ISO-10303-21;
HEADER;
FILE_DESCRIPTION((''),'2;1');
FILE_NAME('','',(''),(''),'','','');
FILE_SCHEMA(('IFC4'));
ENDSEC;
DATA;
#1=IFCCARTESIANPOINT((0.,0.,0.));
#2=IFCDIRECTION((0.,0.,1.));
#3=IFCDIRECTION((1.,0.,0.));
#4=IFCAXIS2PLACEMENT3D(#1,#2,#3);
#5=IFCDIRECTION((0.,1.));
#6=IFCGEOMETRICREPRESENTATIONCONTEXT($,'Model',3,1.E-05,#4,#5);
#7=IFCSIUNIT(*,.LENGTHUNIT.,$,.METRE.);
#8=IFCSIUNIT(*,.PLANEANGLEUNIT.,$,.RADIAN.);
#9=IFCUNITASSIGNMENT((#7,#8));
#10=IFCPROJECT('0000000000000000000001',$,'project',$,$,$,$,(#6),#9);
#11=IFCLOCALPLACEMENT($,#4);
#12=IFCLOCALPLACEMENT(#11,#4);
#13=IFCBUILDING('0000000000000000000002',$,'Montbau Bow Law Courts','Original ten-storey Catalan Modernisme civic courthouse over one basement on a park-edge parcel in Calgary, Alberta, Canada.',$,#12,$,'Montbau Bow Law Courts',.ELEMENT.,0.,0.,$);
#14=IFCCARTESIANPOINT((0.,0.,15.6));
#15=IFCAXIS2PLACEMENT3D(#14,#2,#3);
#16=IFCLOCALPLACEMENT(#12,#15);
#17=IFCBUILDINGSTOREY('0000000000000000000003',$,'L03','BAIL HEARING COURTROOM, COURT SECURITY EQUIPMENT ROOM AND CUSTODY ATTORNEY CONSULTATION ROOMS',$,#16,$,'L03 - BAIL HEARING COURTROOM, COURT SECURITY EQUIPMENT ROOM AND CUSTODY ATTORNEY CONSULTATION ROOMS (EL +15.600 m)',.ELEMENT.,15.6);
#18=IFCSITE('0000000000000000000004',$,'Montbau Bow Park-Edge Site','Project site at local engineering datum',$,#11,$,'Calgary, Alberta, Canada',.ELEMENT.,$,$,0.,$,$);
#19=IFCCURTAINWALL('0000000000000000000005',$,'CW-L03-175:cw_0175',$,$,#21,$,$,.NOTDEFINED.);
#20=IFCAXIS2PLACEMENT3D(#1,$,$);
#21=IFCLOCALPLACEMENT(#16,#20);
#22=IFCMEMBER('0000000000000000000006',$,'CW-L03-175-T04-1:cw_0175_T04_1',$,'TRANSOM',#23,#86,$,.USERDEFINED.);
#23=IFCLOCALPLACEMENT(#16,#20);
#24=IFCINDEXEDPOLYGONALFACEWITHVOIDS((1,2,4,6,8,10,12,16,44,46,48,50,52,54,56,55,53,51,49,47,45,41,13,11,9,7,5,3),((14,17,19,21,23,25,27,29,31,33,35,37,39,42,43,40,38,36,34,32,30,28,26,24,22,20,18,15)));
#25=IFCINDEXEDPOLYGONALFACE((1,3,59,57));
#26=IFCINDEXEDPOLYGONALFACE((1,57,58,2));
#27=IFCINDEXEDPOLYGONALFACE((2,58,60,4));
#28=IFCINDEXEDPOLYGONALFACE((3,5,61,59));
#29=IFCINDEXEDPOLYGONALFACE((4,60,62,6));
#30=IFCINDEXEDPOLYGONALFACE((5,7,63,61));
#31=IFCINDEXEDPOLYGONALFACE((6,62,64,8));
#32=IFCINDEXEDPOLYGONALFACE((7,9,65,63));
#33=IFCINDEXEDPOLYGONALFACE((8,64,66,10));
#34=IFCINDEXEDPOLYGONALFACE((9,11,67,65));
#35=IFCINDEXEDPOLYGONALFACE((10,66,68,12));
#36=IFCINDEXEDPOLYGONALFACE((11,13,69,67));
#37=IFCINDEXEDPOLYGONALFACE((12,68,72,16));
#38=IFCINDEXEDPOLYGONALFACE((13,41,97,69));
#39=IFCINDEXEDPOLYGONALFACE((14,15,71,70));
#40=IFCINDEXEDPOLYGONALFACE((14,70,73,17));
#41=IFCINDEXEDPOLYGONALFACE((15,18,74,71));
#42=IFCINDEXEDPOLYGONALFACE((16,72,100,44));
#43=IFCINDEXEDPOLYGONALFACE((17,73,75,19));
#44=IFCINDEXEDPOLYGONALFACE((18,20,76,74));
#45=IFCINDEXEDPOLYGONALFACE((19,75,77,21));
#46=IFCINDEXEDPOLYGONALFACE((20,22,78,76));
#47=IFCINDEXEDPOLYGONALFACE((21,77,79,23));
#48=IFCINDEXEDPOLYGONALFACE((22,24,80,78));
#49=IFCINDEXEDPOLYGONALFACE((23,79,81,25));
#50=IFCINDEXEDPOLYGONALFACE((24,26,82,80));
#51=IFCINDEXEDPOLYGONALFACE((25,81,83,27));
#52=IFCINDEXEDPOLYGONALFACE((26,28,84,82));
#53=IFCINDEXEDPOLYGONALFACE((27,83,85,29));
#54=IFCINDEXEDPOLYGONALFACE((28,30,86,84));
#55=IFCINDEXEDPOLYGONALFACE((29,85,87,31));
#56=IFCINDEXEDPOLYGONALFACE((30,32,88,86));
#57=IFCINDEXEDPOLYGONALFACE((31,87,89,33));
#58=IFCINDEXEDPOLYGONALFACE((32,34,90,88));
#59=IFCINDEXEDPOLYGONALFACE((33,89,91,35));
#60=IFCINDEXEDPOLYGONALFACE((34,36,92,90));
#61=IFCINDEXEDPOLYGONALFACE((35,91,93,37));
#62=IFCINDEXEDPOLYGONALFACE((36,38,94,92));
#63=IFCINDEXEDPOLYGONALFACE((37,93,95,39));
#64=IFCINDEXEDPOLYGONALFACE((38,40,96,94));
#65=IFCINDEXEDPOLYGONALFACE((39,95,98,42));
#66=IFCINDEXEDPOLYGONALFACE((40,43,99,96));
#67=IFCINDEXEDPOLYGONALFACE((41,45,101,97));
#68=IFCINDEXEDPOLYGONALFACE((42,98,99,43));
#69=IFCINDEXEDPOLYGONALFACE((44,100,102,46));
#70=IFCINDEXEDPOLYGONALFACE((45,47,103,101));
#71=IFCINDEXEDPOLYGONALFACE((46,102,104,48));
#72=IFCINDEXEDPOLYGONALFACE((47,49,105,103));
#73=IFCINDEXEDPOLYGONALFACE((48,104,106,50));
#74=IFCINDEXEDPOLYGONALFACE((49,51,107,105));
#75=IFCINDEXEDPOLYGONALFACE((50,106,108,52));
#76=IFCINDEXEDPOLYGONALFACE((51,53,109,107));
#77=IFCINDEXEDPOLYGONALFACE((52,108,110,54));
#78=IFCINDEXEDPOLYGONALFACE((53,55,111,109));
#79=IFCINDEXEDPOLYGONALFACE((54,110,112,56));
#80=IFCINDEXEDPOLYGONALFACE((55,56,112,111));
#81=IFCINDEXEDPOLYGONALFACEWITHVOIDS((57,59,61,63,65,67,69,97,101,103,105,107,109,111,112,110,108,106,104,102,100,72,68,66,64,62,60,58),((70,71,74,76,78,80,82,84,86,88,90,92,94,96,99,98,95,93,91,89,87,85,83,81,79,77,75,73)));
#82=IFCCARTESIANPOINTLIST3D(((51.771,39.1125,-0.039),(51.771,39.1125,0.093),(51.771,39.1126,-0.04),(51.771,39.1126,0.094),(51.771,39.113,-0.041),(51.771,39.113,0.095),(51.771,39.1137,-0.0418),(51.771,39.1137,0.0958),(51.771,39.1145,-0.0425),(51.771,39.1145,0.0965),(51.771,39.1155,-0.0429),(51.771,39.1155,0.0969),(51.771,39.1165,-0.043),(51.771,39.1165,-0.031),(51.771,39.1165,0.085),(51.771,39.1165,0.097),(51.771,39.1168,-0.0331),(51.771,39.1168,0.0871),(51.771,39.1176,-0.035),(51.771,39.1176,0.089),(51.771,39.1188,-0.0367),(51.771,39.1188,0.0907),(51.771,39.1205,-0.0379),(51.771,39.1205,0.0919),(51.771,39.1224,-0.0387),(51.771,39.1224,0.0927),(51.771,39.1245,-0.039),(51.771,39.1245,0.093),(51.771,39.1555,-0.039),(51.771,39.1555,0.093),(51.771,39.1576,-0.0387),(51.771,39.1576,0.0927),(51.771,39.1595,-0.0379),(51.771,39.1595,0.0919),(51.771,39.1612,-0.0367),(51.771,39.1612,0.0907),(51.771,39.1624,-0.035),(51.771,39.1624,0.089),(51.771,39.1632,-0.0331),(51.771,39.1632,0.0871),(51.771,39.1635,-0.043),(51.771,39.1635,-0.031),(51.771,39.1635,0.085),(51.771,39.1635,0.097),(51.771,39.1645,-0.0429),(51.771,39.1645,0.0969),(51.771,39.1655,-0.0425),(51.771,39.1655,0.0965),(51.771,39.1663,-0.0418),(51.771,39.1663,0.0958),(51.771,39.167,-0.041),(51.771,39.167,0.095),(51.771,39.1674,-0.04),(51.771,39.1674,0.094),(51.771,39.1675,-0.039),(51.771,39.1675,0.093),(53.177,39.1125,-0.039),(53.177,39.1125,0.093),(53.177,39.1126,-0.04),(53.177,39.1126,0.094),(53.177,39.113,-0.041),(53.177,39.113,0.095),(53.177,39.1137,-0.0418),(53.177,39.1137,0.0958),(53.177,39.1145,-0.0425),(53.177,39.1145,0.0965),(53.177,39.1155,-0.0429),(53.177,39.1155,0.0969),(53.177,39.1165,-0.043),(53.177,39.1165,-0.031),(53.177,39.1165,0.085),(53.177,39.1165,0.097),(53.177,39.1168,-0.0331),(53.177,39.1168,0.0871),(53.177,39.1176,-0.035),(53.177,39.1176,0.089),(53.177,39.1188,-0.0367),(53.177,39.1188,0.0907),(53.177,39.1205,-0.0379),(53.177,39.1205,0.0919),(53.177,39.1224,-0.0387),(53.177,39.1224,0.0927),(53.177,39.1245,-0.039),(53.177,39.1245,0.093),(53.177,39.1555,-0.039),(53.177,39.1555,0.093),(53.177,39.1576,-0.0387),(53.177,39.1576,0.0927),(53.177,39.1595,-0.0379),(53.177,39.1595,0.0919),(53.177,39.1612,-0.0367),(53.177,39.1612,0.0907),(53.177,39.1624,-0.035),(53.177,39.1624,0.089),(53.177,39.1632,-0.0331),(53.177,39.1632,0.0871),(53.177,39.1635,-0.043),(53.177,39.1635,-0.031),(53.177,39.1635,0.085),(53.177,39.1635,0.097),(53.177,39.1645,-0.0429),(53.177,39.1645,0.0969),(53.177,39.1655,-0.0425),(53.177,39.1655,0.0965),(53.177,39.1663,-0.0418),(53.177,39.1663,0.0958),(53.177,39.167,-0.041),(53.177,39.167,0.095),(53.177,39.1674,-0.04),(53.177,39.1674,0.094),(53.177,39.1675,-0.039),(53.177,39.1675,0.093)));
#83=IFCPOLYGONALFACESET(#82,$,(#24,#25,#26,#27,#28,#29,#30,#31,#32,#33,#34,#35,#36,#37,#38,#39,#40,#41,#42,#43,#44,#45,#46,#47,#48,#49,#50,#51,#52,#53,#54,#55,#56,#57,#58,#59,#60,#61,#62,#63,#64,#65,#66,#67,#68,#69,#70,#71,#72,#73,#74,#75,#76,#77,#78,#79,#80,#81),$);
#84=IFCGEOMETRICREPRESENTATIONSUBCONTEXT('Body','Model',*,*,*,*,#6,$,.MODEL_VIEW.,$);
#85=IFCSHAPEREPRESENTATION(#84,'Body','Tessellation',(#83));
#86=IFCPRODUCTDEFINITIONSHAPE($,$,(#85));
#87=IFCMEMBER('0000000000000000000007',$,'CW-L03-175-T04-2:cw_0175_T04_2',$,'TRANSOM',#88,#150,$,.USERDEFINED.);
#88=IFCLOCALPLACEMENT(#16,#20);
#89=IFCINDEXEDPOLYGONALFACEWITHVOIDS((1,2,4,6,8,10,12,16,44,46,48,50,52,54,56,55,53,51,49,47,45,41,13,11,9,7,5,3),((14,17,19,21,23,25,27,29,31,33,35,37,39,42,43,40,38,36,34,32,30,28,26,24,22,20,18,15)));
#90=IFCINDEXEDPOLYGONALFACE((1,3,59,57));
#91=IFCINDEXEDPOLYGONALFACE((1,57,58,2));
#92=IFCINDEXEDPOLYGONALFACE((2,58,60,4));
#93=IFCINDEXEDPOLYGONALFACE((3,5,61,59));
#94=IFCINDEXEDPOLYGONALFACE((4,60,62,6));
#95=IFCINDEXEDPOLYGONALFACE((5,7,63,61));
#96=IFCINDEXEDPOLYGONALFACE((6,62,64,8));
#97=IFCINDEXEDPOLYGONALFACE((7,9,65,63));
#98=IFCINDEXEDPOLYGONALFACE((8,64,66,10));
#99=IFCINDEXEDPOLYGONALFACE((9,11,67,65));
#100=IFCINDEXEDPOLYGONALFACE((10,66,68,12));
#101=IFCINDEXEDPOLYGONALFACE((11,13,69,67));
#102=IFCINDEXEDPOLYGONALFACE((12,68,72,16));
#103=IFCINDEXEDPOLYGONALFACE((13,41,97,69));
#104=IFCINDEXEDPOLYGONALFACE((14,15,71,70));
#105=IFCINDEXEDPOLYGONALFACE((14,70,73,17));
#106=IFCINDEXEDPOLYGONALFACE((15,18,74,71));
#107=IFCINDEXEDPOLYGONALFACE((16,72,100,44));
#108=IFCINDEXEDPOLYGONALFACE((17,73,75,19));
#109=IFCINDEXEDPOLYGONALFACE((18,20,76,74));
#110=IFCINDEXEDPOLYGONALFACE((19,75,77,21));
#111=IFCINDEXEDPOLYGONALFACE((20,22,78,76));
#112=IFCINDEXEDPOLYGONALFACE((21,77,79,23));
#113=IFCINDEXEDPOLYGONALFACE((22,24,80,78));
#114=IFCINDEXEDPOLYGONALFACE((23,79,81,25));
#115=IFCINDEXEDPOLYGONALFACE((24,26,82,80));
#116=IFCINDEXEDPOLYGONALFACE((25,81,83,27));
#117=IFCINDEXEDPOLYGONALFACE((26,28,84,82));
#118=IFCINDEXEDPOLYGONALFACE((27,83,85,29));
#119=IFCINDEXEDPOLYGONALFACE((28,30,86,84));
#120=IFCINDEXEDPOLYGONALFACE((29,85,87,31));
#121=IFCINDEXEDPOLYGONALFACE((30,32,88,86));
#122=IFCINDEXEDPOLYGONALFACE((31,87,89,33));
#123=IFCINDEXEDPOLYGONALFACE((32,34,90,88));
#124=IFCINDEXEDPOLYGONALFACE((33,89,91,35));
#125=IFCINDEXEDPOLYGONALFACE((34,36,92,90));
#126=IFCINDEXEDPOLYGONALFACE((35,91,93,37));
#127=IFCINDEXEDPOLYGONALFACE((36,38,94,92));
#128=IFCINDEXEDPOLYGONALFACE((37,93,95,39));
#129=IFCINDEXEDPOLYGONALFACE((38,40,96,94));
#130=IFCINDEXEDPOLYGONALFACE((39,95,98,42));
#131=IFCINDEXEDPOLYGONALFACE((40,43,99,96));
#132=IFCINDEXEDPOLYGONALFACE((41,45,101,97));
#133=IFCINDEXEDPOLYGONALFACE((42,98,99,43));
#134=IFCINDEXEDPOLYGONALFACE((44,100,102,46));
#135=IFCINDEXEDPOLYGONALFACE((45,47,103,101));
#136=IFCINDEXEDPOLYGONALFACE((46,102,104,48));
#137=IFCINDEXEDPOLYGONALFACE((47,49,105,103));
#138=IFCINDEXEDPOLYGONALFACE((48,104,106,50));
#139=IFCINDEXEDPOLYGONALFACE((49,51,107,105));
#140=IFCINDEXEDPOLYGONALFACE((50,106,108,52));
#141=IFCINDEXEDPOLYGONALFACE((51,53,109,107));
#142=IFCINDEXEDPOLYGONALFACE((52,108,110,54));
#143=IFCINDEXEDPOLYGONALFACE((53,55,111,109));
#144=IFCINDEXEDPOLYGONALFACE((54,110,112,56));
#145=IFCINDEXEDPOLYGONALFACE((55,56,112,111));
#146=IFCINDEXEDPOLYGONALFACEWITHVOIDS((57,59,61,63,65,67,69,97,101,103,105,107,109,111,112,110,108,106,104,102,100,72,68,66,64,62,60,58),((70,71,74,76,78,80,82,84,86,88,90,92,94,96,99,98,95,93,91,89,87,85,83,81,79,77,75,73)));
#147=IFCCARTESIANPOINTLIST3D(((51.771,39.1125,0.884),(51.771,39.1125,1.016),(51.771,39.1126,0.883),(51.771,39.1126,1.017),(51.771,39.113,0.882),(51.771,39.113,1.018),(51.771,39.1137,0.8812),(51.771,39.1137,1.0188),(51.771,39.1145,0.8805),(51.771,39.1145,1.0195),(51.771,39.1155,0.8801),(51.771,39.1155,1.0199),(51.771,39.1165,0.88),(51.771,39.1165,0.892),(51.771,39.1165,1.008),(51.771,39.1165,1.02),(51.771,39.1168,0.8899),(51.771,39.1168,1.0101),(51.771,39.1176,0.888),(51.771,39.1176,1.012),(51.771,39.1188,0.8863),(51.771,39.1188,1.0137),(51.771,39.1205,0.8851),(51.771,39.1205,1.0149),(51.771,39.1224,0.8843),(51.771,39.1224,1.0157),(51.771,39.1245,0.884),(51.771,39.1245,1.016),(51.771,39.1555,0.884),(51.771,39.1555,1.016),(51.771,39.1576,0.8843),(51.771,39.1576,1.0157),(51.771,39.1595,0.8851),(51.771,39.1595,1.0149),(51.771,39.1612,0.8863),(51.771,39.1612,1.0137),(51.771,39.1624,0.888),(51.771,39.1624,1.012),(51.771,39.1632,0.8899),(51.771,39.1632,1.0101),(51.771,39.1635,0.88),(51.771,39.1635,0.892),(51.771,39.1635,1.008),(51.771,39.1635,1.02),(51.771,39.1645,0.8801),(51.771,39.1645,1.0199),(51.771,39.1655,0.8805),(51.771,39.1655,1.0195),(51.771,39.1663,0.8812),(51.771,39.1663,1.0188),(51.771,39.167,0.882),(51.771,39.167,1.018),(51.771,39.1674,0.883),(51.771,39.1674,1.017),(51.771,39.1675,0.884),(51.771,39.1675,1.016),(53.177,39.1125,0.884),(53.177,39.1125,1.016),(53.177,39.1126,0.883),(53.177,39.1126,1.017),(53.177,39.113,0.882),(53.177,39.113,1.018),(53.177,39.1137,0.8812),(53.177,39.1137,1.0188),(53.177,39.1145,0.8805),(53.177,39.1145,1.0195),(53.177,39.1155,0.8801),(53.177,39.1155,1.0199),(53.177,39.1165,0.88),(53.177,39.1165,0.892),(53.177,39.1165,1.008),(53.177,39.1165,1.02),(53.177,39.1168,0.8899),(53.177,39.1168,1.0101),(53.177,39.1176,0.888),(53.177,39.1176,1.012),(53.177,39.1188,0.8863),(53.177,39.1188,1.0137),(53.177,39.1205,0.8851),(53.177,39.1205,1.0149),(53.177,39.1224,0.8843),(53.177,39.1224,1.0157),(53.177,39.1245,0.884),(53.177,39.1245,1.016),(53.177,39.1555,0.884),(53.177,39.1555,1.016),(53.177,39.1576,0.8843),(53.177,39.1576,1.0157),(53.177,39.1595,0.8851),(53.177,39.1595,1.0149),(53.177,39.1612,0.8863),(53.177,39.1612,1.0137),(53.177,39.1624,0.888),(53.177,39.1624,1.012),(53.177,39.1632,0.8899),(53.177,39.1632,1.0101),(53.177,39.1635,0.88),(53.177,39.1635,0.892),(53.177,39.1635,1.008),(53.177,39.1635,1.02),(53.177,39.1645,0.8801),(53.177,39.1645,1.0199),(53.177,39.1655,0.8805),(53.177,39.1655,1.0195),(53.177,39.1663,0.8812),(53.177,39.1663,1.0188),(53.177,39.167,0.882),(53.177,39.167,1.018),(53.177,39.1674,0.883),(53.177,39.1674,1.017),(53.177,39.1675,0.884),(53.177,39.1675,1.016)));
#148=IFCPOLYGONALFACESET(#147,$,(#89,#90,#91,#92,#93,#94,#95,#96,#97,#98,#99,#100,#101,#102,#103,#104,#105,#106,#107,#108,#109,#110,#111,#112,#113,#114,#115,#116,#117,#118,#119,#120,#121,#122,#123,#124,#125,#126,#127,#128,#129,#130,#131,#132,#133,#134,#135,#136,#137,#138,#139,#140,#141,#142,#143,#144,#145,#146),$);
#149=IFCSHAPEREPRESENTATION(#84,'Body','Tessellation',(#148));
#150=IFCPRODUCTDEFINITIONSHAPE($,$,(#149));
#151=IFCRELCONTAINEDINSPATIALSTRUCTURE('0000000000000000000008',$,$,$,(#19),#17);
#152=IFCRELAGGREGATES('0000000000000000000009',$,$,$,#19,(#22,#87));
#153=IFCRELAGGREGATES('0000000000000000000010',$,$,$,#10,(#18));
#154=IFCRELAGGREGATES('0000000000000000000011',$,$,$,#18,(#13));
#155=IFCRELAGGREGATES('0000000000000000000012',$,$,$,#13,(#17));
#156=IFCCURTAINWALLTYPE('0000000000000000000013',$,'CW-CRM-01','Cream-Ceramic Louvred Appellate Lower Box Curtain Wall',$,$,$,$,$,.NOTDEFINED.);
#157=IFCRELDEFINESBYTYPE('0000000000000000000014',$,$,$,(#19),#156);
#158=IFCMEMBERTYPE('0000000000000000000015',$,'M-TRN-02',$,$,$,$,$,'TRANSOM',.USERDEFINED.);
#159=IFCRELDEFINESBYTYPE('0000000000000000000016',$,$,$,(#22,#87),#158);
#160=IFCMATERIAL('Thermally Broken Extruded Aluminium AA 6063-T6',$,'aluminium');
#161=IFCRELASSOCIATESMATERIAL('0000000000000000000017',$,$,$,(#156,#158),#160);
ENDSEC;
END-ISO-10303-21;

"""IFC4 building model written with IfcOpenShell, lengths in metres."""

from ifc_helpers import new_model, si_unit, direction, frame, origin_with_axes, origin_2d_with_axis, place, context, subcontext, project, spatial, hollow_rectangle, extrude, material, material_profile, profile_set, type_object, element, aggregate, save


model = new_model("IFC4")

# Units and contexts
model_context = context("Model", 3, precision=1e-05, world=origin_with_axes(), true_north=direction((0.0, 1.0)))
body_context = subcontext(model_context, "Body", "Model", "MODEL_VIEW")
ifc_project = project(units=[si_unit("LENGTHUNIT", "METRE"), si_unit("PLANEANGLEUNIT", "RADIAN")], contexts=[model_context])

# Site, building, storey
site_placement = place(None, origin_with_axes())
site = spatial("IfcSite", under=ifc_project, at=site_placement, Name="Montbau Bow Park-Edge Site", Description="Project site at local engineering datum", LongName="Calgary, Alberta, Canada", CompositionType="ELEMENT", RefElevation=0.0)
building_placement = place(site_placement, origin_with_axes())
building = spatial("IfcBuilding", under=site, at=building_placement, Name="Montbau Bow Law Courts", Description="Original ten-storey Catalan Modernisme civic courthouse over one basement on a park-edge parcel in Calgary, Alberta, Canada.", LongName="Montbau Bow Law Courts", CompositionType="ELEMENT", ElevationOfRefHeight=0.0, ElevationOfTerrain=0.0)
storey_placement = place(building_placement, frame((0.0, 0.0, 15.6), z_axis=(0.0, 0.0, 1.0), x_axis=(1.0, 0.0, 0.0)))
storey = spatial("IfcBuildingStorey", under=building, at=storey_placement, Name="L03", Description="BAIL HEARING COURTROOM, COURT SECURITY EQUIPMENT ROOM AND CUSTODY ATTORNEY CONSULTATION ROOMS", LongName="L03 - BAIL HEARING COURTROOM, COURT SECURITY EQUIPMENT ROOM AND CUSTODY ATTORNEY CONSULTATION ROOMS (EL +15.600 m)", CompositionType="ELEMENT", Elevation=15.6)

# Curtain wall
ifc_material_1 = material(Name="Thermally Broken Extruded Aluminium AA 6063-T6", Category="aluminium")
curtain_wall_type = type_object("IfcCurtainWallType", Name="CW-CRM-01", Description="Cream-Ceramic Louvred Appellate Lower Box Curtain Wall", PredefinedType="NOTDEFINED", material=ifc_material_1)
curtain_wall_1_placement = place(None, frame((47.315, 39.14, 15.6), z_axis=(0.0, 0.0, 1.0), x_axis=(1.0, 0.0, 0.0)))
curtain_wall_1 = element("IfcCurtainWall", 1, at=curtain_wall_1_placement, inside=storey, type_object=curtain_wall_type, Name="CW-L03-175:cw_0175", PredefinedType="NOTDEFINED")

# Members
ifc_material_profile_1 = material_profile(ifc_material_1, hollow_rectangle(XDim=0.055, YDim=0.14, WallThickness=0.004, InnerFilletRadius=0.008, OuterFilletRadius=0.004, at=origin_2d_with_axis()), Name="CWT-140X55", Category="Main", Priority=0)
ifc_profile_set_1 = profile_set([ifc_material_profile_1], Name="Thermally Broken Extruded Aluminium AA 6063-T6")
member_type_1 = type_object("IfcMemberType", Name="M-TRN-02", ElementType="TRANSOM", PredefinedType="USERDEFINED", material=ifc_profile_set_1)
member_1_placement = place(None, frame((51.771, 39.14, 15.627), z_axis=(1.0, 0.0, 0.0), x_axis=(0.0, 1.0, 0.0)))
member_1 = element("IfcMember", 2, at=member_1_placement, type_object=member_type_1, Name="CW-L03-175-T04-1:cw_0175_T04_1", ObjectType="TRANSOM", PredefinedType="USERDEFINED", context=body_context, shape_type="SweptSolid", body=[
    extrude(hollow_rectangle(XDim=0.055, YDim=0.14, WallThickness=0.004, InnerFilletRadius=0.008, OuterFilletRadius=0.004, at=origin_2d_with_axis()), origin_with_axes(), (0.0, 0.0, 1.0), 1.406),
])
member_2_placement = place(None, frame((51.771, 39.14, 16.55), z_axis=(1.0, 0.0, 0.0), x_axis=(0.0, 1.0, 0.0)))
member_2 = element("IfcMember", 3, at=member_2_placement, type_object=member_type_1, Name="CW-L03-175-T04-2:cw_0175_T04_2", ObjectType="TRANSOM", PredefinedType="USERDEFINED", context=body_context, shape_type="SweptSolid", body=[
    extrude(hollow_rectangle(XDim=0.055, YDim=0.14, WallThickness=0.004, InnerFilletRadius=0.008, OuterFilletRadius=0.004, at=origin_2d_with_axis()), origin_with_axes(), (0.0, 0.0, 1.0), 1.406),
])

aggregate(curtain_wall_1, [member_1, member_2])

save(model, "model.ifc")
